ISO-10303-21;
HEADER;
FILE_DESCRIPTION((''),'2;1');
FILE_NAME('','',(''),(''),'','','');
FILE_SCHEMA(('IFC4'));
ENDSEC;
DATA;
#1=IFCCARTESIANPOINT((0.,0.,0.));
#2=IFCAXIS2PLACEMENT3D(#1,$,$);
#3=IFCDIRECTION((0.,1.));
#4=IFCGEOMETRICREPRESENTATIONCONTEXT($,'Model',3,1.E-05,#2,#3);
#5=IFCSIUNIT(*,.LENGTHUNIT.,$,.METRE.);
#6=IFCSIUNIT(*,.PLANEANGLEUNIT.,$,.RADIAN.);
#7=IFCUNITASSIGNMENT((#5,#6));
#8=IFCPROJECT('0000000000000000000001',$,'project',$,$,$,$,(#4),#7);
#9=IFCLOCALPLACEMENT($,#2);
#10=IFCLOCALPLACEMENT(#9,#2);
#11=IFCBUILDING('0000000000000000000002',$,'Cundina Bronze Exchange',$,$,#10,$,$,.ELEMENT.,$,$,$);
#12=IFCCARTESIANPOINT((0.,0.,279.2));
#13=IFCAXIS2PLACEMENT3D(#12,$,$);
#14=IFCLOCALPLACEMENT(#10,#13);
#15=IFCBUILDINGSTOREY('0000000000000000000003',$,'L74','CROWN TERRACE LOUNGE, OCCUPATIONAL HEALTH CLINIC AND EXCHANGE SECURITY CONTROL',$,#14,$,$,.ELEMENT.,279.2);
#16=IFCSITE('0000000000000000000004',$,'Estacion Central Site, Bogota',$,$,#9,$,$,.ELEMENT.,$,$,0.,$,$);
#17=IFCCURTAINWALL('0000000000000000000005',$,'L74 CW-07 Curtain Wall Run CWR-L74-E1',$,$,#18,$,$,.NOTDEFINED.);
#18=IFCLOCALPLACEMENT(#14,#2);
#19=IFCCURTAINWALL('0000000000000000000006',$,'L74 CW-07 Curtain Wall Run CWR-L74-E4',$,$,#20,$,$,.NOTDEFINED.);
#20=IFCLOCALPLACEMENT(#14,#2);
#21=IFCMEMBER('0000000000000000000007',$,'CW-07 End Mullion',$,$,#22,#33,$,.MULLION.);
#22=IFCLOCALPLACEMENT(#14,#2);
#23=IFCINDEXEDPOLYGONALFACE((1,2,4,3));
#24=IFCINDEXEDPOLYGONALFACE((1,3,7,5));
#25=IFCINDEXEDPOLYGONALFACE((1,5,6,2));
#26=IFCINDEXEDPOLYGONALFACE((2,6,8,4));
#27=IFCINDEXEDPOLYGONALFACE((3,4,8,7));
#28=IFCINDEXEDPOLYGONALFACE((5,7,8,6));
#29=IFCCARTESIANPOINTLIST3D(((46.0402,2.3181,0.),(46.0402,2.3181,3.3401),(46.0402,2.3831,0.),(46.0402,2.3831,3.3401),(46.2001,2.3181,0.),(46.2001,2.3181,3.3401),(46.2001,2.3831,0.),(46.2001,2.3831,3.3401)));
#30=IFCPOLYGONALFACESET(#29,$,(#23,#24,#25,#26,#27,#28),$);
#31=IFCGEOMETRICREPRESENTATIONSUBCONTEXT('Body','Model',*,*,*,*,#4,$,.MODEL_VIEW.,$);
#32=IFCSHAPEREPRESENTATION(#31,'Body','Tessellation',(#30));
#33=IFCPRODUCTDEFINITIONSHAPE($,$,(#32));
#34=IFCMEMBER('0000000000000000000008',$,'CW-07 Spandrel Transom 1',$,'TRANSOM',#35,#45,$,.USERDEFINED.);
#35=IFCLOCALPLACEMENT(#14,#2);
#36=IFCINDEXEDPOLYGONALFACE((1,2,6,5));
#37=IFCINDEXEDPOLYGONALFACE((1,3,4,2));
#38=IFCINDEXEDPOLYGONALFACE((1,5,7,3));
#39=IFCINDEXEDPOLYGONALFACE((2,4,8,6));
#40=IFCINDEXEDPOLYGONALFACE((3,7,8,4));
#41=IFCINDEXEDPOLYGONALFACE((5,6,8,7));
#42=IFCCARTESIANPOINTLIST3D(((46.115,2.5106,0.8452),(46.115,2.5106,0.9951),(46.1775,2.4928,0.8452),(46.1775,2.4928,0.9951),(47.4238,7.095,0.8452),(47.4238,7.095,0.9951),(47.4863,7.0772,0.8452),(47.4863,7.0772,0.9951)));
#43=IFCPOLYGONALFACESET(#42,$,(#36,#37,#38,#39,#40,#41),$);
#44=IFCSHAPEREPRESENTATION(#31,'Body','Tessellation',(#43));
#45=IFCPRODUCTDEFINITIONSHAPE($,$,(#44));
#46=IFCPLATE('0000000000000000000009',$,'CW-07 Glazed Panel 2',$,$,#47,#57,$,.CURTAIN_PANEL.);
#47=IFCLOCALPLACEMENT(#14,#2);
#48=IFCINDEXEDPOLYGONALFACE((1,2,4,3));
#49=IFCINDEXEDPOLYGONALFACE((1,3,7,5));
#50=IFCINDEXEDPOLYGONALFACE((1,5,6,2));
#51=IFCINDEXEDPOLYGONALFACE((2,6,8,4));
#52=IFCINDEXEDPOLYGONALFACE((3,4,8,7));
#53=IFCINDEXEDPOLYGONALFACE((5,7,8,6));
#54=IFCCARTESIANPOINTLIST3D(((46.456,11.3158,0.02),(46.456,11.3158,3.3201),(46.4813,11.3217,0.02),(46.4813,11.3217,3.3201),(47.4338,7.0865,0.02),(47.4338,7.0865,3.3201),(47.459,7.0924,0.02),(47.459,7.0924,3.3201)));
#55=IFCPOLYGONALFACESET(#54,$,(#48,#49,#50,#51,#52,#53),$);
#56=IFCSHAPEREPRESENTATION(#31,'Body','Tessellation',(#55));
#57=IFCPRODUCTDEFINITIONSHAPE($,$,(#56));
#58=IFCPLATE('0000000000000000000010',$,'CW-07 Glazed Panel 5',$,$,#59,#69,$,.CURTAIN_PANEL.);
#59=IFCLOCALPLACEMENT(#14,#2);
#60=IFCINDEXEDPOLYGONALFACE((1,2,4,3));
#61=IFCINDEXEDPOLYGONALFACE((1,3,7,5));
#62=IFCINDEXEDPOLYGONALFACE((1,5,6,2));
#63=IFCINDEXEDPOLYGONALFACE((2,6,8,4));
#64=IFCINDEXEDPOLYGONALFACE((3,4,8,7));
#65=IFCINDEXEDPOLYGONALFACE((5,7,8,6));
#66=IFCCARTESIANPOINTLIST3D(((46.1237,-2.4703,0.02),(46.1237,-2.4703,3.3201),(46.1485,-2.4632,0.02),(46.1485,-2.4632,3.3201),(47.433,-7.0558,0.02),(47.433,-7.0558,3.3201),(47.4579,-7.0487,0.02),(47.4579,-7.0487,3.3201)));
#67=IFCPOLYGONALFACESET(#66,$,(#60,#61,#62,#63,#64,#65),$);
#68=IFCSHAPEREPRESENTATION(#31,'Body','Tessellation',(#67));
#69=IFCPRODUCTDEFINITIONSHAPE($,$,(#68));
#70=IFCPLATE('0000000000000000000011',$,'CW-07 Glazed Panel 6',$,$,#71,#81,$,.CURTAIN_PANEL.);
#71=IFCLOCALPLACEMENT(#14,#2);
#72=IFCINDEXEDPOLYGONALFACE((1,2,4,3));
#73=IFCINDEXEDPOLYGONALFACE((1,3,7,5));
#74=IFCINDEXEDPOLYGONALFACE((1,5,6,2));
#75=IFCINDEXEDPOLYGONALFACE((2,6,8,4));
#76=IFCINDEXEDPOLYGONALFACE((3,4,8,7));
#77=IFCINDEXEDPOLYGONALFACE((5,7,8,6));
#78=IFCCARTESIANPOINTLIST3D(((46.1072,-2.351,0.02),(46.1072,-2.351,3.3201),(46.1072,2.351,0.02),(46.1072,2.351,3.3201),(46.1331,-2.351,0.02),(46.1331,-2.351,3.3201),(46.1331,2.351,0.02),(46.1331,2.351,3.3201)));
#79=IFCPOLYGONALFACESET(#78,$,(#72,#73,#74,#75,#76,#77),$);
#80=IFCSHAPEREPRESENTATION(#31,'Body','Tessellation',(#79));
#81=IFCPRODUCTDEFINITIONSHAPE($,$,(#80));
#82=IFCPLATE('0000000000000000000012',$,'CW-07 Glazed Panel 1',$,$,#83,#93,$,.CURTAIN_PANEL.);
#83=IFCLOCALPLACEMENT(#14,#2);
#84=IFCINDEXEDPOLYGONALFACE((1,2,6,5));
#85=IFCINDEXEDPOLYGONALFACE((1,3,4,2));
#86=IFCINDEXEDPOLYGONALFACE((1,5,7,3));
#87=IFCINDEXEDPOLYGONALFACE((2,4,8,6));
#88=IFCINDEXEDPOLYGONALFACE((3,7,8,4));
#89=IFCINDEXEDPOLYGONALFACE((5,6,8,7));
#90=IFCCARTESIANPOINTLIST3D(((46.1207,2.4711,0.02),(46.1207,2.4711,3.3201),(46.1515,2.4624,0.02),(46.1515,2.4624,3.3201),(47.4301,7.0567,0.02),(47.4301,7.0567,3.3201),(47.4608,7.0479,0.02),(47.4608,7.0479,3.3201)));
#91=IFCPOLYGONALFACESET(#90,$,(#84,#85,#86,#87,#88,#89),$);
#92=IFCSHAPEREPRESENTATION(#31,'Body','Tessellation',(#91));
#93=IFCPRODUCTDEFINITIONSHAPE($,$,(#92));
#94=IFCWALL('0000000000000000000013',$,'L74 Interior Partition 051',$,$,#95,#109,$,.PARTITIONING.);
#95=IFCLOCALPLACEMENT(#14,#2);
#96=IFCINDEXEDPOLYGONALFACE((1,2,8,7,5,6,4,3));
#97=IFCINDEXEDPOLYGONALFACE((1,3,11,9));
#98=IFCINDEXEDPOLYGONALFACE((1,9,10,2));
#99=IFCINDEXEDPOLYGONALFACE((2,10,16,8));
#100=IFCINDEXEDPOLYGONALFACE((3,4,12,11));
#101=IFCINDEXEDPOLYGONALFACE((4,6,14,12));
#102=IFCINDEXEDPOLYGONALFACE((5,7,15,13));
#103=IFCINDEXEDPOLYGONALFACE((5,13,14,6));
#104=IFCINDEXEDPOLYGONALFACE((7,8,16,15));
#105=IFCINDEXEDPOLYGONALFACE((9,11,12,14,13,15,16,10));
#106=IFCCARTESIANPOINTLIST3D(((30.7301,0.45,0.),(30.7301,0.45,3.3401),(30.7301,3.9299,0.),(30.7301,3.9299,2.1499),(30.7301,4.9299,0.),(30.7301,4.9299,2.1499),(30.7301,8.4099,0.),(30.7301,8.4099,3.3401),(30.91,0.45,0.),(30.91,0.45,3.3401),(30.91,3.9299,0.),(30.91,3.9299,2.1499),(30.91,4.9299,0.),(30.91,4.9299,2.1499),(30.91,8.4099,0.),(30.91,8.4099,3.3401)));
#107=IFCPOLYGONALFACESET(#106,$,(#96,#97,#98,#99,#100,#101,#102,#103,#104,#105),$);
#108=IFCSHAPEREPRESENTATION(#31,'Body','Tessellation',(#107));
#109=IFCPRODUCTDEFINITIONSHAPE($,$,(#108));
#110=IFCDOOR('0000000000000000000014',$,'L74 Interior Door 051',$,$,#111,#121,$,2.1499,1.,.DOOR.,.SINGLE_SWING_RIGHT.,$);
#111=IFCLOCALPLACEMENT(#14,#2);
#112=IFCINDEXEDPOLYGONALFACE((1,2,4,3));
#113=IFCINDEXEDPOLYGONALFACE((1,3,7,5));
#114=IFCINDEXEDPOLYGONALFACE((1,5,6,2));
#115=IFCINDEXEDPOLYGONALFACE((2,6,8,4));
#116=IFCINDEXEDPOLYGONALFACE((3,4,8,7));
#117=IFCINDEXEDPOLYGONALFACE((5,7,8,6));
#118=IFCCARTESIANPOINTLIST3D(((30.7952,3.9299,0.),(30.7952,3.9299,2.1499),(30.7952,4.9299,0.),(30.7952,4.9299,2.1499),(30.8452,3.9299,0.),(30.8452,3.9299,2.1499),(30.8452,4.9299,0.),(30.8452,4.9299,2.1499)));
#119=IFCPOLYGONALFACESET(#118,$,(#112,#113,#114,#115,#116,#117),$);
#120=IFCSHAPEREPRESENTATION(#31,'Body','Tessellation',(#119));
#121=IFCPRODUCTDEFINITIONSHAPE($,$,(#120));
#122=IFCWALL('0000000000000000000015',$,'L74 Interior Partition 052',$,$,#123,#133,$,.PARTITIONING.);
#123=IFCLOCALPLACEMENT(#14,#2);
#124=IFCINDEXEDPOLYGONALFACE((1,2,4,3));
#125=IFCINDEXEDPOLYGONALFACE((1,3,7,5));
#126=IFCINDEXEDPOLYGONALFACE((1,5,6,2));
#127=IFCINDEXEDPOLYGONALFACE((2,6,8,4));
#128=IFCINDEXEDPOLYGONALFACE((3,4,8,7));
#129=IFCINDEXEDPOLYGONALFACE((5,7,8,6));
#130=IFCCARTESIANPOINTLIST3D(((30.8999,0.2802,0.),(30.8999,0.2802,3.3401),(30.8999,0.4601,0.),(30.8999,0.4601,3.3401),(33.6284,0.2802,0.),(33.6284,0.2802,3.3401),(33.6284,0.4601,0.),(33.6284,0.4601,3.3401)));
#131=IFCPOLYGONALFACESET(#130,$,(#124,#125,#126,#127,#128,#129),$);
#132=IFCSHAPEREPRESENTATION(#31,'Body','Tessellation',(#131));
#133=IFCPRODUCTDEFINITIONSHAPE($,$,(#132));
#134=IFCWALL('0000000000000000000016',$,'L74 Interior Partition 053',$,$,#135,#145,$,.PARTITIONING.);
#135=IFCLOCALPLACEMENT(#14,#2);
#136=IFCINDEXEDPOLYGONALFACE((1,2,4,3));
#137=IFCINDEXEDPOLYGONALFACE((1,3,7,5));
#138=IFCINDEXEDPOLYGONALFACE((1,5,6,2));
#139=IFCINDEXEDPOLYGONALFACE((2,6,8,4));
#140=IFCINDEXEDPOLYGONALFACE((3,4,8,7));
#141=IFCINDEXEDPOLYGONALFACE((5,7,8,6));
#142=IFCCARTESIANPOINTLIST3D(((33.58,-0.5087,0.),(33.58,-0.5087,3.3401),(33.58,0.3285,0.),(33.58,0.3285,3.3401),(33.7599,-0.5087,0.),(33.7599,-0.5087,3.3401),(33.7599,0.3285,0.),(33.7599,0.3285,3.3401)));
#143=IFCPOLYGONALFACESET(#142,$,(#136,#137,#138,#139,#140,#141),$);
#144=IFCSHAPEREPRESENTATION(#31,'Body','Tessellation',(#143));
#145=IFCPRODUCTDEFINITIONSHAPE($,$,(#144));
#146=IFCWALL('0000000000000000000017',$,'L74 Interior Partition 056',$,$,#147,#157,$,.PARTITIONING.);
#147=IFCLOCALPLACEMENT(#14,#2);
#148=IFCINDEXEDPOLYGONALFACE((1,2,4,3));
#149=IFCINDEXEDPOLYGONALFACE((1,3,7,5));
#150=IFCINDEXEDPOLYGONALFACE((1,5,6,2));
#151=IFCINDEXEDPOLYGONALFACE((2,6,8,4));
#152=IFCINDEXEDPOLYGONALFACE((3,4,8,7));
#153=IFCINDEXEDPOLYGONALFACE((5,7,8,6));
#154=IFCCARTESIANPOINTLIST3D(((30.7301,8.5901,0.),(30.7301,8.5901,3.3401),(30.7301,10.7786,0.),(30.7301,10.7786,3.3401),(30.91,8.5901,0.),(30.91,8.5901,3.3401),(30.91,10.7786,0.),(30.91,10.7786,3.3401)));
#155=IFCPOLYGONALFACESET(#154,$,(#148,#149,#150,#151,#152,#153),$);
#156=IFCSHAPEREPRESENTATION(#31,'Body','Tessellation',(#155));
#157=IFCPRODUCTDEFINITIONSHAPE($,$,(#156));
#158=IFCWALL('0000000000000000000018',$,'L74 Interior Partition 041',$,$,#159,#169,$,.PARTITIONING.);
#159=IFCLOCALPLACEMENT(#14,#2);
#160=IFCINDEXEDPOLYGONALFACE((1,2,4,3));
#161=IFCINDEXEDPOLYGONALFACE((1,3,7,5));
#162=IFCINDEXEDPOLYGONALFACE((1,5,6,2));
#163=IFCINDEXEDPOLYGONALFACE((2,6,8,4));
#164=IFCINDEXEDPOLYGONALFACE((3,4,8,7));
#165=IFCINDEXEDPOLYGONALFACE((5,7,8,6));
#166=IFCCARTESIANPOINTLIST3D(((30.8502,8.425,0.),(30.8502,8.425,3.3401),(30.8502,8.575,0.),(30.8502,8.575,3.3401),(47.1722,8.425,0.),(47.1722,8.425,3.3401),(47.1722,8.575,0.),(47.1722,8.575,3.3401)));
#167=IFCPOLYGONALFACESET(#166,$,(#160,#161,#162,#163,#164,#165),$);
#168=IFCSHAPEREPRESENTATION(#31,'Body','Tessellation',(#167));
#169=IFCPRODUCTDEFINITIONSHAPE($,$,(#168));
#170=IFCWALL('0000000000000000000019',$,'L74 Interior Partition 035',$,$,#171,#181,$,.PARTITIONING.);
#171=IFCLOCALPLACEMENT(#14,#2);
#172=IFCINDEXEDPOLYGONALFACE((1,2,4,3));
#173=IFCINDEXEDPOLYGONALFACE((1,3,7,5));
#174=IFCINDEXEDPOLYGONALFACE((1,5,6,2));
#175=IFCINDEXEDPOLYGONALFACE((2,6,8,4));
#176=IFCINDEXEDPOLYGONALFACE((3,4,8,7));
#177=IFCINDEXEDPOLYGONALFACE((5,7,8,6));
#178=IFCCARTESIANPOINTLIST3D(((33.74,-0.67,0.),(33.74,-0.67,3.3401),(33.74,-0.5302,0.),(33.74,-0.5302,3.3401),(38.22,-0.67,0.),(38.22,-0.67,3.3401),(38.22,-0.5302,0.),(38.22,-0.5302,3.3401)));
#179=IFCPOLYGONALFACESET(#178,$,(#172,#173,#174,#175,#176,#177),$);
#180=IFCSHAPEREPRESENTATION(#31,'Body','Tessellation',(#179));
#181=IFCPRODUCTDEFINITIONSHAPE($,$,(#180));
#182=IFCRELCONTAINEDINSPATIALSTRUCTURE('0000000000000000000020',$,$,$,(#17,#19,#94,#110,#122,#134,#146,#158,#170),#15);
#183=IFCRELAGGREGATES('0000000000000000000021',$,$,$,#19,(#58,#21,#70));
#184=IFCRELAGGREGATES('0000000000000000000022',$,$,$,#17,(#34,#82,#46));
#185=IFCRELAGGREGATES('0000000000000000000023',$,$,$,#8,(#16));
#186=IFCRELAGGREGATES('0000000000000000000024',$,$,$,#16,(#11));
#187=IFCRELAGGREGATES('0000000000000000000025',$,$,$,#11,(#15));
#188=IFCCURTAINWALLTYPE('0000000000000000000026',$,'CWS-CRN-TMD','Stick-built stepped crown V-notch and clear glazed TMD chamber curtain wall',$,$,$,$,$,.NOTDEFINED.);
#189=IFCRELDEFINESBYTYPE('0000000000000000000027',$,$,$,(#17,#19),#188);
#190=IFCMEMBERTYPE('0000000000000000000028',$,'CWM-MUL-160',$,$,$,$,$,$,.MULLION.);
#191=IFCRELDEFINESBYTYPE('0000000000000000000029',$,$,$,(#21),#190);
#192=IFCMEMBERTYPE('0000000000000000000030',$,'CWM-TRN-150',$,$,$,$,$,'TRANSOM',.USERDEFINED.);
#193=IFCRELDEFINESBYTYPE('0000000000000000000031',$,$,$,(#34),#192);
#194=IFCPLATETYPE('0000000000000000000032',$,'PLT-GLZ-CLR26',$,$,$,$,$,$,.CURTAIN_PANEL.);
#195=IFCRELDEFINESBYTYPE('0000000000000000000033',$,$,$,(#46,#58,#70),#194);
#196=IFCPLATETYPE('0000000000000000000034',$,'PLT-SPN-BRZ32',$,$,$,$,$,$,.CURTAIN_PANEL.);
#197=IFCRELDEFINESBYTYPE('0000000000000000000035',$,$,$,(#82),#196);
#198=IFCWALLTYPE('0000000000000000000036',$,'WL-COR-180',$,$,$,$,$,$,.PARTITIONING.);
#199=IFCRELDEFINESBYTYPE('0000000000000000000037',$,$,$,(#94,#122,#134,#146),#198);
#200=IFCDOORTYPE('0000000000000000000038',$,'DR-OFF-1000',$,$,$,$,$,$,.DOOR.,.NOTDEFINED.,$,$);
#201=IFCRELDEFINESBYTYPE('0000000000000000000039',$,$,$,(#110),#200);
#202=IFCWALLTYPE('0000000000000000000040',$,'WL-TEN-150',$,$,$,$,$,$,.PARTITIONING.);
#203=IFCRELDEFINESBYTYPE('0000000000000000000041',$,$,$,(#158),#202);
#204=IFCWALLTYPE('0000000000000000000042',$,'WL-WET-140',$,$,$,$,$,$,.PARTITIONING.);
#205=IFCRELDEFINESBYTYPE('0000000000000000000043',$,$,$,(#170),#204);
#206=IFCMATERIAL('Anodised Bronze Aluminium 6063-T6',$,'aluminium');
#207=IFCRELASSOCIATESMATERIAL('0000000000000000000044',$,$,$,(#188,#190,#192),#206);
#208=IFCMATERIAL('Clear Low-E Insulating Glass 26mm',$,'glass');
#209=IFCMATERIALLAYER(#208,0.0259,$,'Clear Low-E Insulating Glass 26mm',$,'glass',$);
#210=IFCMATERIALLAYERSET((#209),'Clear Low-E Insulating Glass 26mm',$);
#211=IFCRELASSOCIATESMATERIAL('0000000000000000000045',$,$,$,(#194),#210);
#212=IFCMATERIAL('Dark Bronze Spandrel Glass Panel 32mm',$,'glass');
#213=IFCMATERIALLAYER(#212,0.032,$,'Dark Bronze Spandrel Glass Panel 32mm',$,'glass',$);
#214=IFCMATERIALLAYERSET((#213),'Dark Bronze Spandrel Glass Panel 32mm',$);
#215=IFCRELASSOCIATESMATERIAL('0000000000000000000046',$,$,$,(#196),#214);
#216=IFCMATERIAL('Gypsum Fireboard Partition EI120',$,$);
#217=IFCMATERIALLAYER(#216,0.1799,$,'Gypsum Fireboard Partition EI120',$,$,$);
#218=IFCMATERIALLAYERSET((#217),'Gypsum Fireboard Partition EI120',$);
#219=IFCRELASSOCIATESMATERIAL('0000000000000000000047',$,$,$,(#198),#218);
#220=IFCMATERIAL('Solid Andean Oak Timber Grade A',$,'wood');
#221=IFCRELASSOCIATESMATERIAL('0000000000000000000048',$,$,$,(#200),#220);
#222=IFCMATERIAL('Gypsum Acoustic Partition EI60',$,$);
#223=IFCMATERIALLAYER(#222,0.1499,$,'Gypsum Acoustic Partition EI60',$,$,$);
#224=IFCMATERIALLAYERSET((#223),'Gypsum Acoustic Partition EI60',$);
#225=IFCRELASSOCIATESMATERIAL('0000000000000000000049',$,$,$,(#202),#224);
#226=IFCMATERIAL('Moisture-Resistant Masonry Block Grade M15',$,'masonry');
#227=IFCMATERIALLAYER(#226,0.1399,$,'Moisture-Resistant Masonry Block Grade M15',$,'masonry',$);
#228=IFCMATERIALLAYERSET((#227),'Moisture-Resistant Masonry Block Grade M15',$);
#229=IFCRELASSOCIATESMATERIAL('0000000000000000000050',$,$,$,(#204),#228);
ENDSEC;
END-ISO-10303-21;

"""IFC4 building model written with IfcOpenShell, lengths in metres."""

from ifc_helpers import new_model, si_unit, direction, frame, frame_2d, origin, origin_2d, place, context, subcontext, project, spatial, rectangle, extrude, material, layer, layer_set, material_profile, profile_set, type_object, element, fill, aggregate, save


model = new_model("IFC4")

# Units and contexts
model_context = context("Model", 3, precision=1e-05, world=origin(), true_north=direction((0.0, 1.0)))
body_context = subcontext(model_context, "Body", "Model", "MODEL_VIEW")
ifc_project = project(units=[si_unit("LENGTHUNIT", "METRE"), si_unit("PLANEANGLEUNIT", "RADIAN")], contexts=[model_context])

# Site, building, storey
site_placement = place(None, origin())
site = spatial("IfcSite", under=ifc_project, at=site_placement, Name="Estacion Central Site, Bogota", CompositionType="ELEMENT", RefElevation=0.0)
building_placement = place(site_placement, origin())
building = spatial("IfcBuilding", under=site, at=building_placement, Name="Cundina Bronze Exchange", CompositionType="ELEMENT")
storey_placement = place(building_placement, frame((0.0, 0.0, 279.2)))
storey = spatial("IfcBuildingStorey", under=building, at=storey_placement, Name="L74", Description="CROWN TERRACE LOUNGE, OCCUPATIONAL HEALTH CLINIC AND EXCHANGE SECURITY CONTROL", CompositionType="ELEMENT", Elevation=279.2)

# Curtain walls, member
ifc_material_1 = material(Name="Anodised Bronze Aluminium 6063-T6", Category="aluminium")
curtain_wall_type = type_object("IfcCurtainWallType", Name="CWS-CRN-TMD", Description="Stick-built stepped crown V-notch and clear glazed TMD chamber curtain wall", PredefinedType="NOTDEFINED", material=ifc_material_1)
curtain_wall_1_placement = place(storey_placement, origin())
curtain_wall_1 = element("IfcCurtainWall", 1, at=curtain_wall_1_placement, inside=storey, type_object=curtain_wall_type, Name="L74 CW-07 Curtain Wall Run CWR-L74-E1", PredefinedType="NOTDEFINED")
ifc_material_profile_1 = material_profile(ifc_material_1, rectangle(XDim=0.0649, YDim=0.1599, at=origin_2d()), Name="AL65X160", Category="aluminium")
ifc_profile_set_1 = profile_set([ifc_material_profile_1], Name="Anodised Bronze Aluminium 6063-T6")
member_type_1 = type_object("IfcMemberType", Name="CWM-MUL-160", PredefinedType="MULLION", material=ifc_profile_set_1)
curtain_wall_2_placement = place(storey_placement, origin())
curtain_wall_2 = element("IfcCurtainWall", 2, at=curtain_wall_2_placement, inside=storey, type_object=curtain_wall_type, Name="L74 CW-07 Curtain Wall Run CWR-L74-E4", PredefinedType="NOTDEFINED")
member_1_placement = place(storey_placement, frame((46.1201, 2.3506, 0.0), z_axis=(0.0, 0.0, 1.0), x_axis=(0.0, 1.0, 0.0)))
member_1 = element("IfcMember", 3, at=member_1_placement, type_object=member_type_1, Name="CW-07 End Mullion", PredefinedType="MULLION", context=body_context, shape_type="SweptSolid", body=[
    extrude(rectangle(XDim=0.0649, YDim=0.1599, at=origin_2d()), origin(), (0.0, 0.0, 1.0), 3.3401),
])

# Member
ifc_material_profile_2 = material_profile(ifc_material_1, rectangle(XDim=0.0649, YDim=0.1499, at=origin_2d()), Name="AL65X150", Category="aluminium")
ifc_profile_set_2 = profile_set([ifc_material_profile_2], Name="Anodised Bronze Aluminium 6063-T6")
member_type_2 = type_object("IfcMemberType", Name="CWM-TRN-150", ElementType="TRANSOM", PredefinedType="USERDEFINED", material=ifc_profile_set_2)
member_2_placement = place(storey_placement, frame((46.1462, 2.5017, 0.9202), z_axis=(0.274525, 0.96158, 0.0), x_axis=(-0.96158, 0.274525, 0.0)))
member_2 = element("IfcMember", 4, at=member_2_placement, type_object=member_type_2, Name="CW-07 Spandrel Transom 1", ObjectType="TRANSOM", PredefinedType="USERDEFINED", context=body_context, shape_type="SweptSolid", body=[
    extrude(rectangle(XDim=0.0649, YDim=0.1499, at=origin_2d()), origin(), (0.0, 0.0, 1.0), 4.7676),
])

# Plates
ifc_material_2 = material(Name="Clear Low-E Insulating Glass 26mm", Category="glass")
ifc_layer_1 = layer(ifc_material_2, 0.0259, Name="Clear Low-E Insulating Glass 26mm", Category="glass")
ifc_layer_set_1 = layer_set([ifc_layer_1], Name="Clear Low-E Insulating Glass 26mm")
plate_type_1 = type_object("IfcPlateType", Name="PLT-GLZ-CLR26", PredefinedType="CURTAIN_PANEL", material=ifc_layer_set_1)
plate_1_placement = place(storey_placement, frame((46.9575, 9.2041, 0.02), z_axis=(0.0, 0.0, 1.0), x_axis=(-0.22524, 0.974303, 0.0)))
plate_1 = element("IfcPlate", 5, at=plate_1_placement, type_object=plate_type_1, Name="CW-07 Glazed Panel 2", PredefinedType="CURTAIN_PANEL", context=body_context, shape_type="SweptSolid", body=[
    extrude(rectangle(XDim=4.3408, YDim=0.0259, at=origin_2d()), origin(), (0.0, 0.0, 1.0), 3.3),
])
plate_2_placement = place(storey_placement, frame((46.7908, -4.7595, 0.02), z_axis=(0.0, 0.0, 1.0), x_axis=(-0.274563, 0.961569, 0.0)))
plate_2 = element("IfcPlate", 6, at=plate_2_placement, type_object=plate_type_1, Name="CW-07 Glazed Panel 5", PredefinedType="CURTAIN_PANEL", context=body_context, shape_type="SweptSolid", body=[
    extrude(rectangle(XDim=4.7688, YDim=0.0259, at=origin_2d()), origin(), (0.0, 0.0, 1.0), 3.3),
])
plate_3_placement = place(storey_placement, frame((46.1201, 0.0, 0.02), z_axis=(0.0, 0.0, 1.0), x_axis=(0.0, 1.0, 0.0)))
plate_3 = element("IfcPlate", 7, at=plate_3_placement, type_object=plate_type_1, Name="CW-07 Glazed Panel 6", PredefinedType="CURTAIN_PANEL", context=body_context, shape_type="SweptSolid", body=[
    extrude(rectangle(XDim=4.7019, YDim=0.0259, at=origin_2d()), origin(), (0.0, 0.0, 1.0), 3.3),
])
aggregate(curtain_wall_2, [plate_2, member_1, plate_3])
ifc_material_3 = material(Name="Dark Bronze Spandrel Glass Panel 32mm", Category="glass")
ifc_layer_2 = layer(ifc_material_3, 0.032, Name="Dark Bronze Spandrel Glass Panel 32mm", Category="glass")
ifc_layer_set_2 = layer_set([ifc_layer_2], Name="Dark Bronze Spandrel Glass Panel 32mm")
plate_type_2 = type_object("IfcPlateType", Name="PLT-SPN-BRZ32", PredefinedType="CURTAIN_PANEL", material=ifc_layer_set_2)
plate_4_placement = place(storey_placement, frame((46.7908, 4.7595, 0.02), z_axis=(0.0, 0.0, 1.0), x_axis=(0.274563, 0.961569, 0.0)))
plate_4 = element("IfcPlate", 8, at=plate_4_placement, type_object=plate_type_2, Name="CW-07 Glazed Panel 1", PredefinedType="CURTAIN_PANEL", context=body_context, shape_type="SweptSolid", body=[
    extrude(rectangle(XDim=4.7688, YDim=0.032, at=origin_2d()), origin(), (0.0, 0.0, 1.0), 3.3),
])
aggregate(curtain_wall_1, [member_2, plate_4, plate_1])

# Wall, opening, door
ifc_material_4 = material(Name="Gypsum Fireboard Partition EI120")
ifc_layer_3 = layer(ifc_material_4, 0.1799, Name="Gypsum Fireboard Partition EI120")
ifc_layer_set_3 = layer_set([ifc_layer_3], Name="Gypsum Fireboard Partition EI120")
wall_type_1 = type_object("IfcWallType", Name="WL-COR-180", PredefinedType="PARTITIONING", material=ifc_layer_set_3)
wall_1_placement = place(storey_placement, frame((30.8201, 0.45, 0.0), z_axis=(0.0, 0.0, 1.0), x_axis=(0.0, 1.0, 0.0)))
wall_1 = element("IfcWall", 9, at=wall_1_placement, inside=storey, type_object=wall_type_1, Name="L74 Interior Partition 051", PredefinedType="PARTITIONING", context=body_context, shape_type="SweptSolid", body=[
    extrude(rectangle(XDim=7.96, YDim=0.1799, at=frame_2d((3.98, 0.0))), origin(), (0.0, 0.0, 1.0), 3.3401),
])
opening_placement = place(wall_1_placement, frame((3.48, 0.0, 0.0)))
opening = element("IfcOpeningElement", 10, at=opening_placement, cuts=wall_1, PredefinedType="OPENING", context=body_context, shape_type="SweptSolid", body=[
    extrude(rectangle(XDim=1.0, YDim=2.1499, at=frame_2d((0.5, 1.075))), frame((0.0, 0.0999, 0.0), z_axis=(0.0, -1.0, 0.0), x_axis=(1.0, 0.0, 0.0)), (0.0, 0.0, 1.0), 0.2),
])
ifc_material_5 = material(Name="Solid Andean Oak Timber Grade A", Category="wood")
door_type = type_object("IfcDoorType", Name="DR-OFF-1000", OperationType="NOTDEFINED", PredefinedType="DOOR", material=ifc_material_5)
door_placement = place(opening_placement, origin())
door = element("IfcDoor", 11, at=door_placement, inside=storey, type_object=door_type, Name="L74 Interior Door 051", OperationType="SINGLE_SWING_RIGHT", OverallHeight=2.1499, OverallWidth=1.0, PredefinedType="DOOR", context=body_context, shape_type="SweptSolid", body=[
    extrude(rectangle(XDim=1.0, YDim=2.1499, at=frame_2d((0.5, 1.075))), frame((0.0, 0.0249, 0.0), z_axis=(0.0, -1.0, 0.0), x_axis=(1.0, 0.0, 0.0)), (0.0, 0.0, 1.0), 0.05),
])
fill(opening, door)

# Walls
wall_2_placement = place(storey_placement, frame((33.6284, 0.3701, 0.0), z_axis=(0.0, 0.0, 1.0), x_axis=(-1.0, 0.0, 0.0)))
element("IfcWall", 12, at=wall_2_placement, inside=storey, type_object=wall_type_1, Name="L74 Interior Partition 052", PredefinedType="PARTITIONING", context=body_context, shape_type="SweptSolid", body=[
    extrude(rectangle(XDim=2.7285, YDim=0.1799, at=frame_2d((1.3643, 0.0))), origin(), (0.0, 0.0, 1.0), 3.3401),
])
wall_3_placement = place(storey_placement, frame((33.6699, -0.5085, 0.0), z_axis=(0.0, 0.0, 1.0), x_axis=(0.0, 1.0, 0.0)))
element("IfcWall", 13, at=wall_3_placement, inside=storey, type_object=wall_type_1, Name="L74 Interior Partition 053", PredefinedType="PARTITIONING", context=body_context, shape_type="SweptSolid", body=[
    extrude(rectangle(XDim=0.8372, YDim=0.1799, at=frame_2d((0.4185, 0.0))), origin(), (0.0, 0.0, 1.0), 3.3401),
])
wall_4_placement = place(storey_placement, frame((30.8201, 8.5901, 0.0), z_axis=(0.0, 0.0, 1.0), x_axis=(0.0, 1.0, 0.0)))
element("IfcWall", 14, at=wall_4_placement, inside=storey, type_object=wall_type_1, Name="L74 Interior Partition 056", PredefinedType="PARTITIONING", context=body_context, shape_type="SweptSolid", body=[
    extrude(rectangle(XDim=2.1885, YDim=0.1799, at=frame_2d((1.0942, 0.0))), origin(), (0.0, 0.0, 1.0), 3.3401),
])
ifc_material_6 = material(Name="Gypsum Acoustic Partition EI60")
ifc_layer_4 = layer(ifc_material_6, 0.1499, Name="Gypsum Acoustic Partition EI60")
ifc_layer_set_4 = layer_set([ifc_layer_4], Name="Gypsum Acoustic Partition EI60")
wall_type_2 = type_object("IfcWallType", Name="WL-TEN-150", PredefinedType="PARTITIONING", material=ifc_layer_set_4)
wall_5_placement = place(storey_placement, frame((30.8501, 8.5, 0.0), z_axis=(0.0, 0.0, 1.0), x_axis=(1.0, 0.0, 0.0)))
element("IfcWall", 15, at=wall_5_placement, inside=storey, type_object=wall_type_2, Name="L74 Interior Partition 041", PredefinedType="PARTITIONING", context=body_context, shape_type="SweptSolid", body=[
    extrude(rectangle(XDim=16.322, YDim=0.1499, at=frame_2d((8.1611, 0.0))), origin(), (0.0, 0.0, 1.0), 3.3401),
])
ifc_material_7 = material(Name="Moisture-Resistant Masonry Block Grade M15", Category="masonry")
ifc_layer_5 = layer(ifc_material_7, 0.1399, Name="Moisture-Resistant Masonry Block Grade M15", Category="masonry")
ifc_layer_set_5 = layer_set([ifc_layer_5], Name="Moisture-Resistant Masonry Block Grade M15")
wall_type_3 = type_object("IfcWallType", Name="WL-WET-140", PredefinedType="PARTITIONING", material=ifc_layer_set_5)
wall_6_placement = place(storey_placement, frame((33.74, -0.6001, 0.0), z_axis=(0.0, 0.0, 1.0), x_axis=(1.0, 0.0, 0.0)))
element("IfcWall", 16, at=wall_6_placement, inside=storey, type_object=wall_type_3, Name="L74 Interior Partition 035", PredefinedType="PARTITIONING", context=body_context, shape_type="SweptSolid", body=[
    extrude(rectangle(XDim=4.48, YDim=0.1399, at=frame_2d((2.24, 0.0))), origin(), (0.0, 0.0, 1.0), 3.3401),
])

save(model, "model.ifc")
